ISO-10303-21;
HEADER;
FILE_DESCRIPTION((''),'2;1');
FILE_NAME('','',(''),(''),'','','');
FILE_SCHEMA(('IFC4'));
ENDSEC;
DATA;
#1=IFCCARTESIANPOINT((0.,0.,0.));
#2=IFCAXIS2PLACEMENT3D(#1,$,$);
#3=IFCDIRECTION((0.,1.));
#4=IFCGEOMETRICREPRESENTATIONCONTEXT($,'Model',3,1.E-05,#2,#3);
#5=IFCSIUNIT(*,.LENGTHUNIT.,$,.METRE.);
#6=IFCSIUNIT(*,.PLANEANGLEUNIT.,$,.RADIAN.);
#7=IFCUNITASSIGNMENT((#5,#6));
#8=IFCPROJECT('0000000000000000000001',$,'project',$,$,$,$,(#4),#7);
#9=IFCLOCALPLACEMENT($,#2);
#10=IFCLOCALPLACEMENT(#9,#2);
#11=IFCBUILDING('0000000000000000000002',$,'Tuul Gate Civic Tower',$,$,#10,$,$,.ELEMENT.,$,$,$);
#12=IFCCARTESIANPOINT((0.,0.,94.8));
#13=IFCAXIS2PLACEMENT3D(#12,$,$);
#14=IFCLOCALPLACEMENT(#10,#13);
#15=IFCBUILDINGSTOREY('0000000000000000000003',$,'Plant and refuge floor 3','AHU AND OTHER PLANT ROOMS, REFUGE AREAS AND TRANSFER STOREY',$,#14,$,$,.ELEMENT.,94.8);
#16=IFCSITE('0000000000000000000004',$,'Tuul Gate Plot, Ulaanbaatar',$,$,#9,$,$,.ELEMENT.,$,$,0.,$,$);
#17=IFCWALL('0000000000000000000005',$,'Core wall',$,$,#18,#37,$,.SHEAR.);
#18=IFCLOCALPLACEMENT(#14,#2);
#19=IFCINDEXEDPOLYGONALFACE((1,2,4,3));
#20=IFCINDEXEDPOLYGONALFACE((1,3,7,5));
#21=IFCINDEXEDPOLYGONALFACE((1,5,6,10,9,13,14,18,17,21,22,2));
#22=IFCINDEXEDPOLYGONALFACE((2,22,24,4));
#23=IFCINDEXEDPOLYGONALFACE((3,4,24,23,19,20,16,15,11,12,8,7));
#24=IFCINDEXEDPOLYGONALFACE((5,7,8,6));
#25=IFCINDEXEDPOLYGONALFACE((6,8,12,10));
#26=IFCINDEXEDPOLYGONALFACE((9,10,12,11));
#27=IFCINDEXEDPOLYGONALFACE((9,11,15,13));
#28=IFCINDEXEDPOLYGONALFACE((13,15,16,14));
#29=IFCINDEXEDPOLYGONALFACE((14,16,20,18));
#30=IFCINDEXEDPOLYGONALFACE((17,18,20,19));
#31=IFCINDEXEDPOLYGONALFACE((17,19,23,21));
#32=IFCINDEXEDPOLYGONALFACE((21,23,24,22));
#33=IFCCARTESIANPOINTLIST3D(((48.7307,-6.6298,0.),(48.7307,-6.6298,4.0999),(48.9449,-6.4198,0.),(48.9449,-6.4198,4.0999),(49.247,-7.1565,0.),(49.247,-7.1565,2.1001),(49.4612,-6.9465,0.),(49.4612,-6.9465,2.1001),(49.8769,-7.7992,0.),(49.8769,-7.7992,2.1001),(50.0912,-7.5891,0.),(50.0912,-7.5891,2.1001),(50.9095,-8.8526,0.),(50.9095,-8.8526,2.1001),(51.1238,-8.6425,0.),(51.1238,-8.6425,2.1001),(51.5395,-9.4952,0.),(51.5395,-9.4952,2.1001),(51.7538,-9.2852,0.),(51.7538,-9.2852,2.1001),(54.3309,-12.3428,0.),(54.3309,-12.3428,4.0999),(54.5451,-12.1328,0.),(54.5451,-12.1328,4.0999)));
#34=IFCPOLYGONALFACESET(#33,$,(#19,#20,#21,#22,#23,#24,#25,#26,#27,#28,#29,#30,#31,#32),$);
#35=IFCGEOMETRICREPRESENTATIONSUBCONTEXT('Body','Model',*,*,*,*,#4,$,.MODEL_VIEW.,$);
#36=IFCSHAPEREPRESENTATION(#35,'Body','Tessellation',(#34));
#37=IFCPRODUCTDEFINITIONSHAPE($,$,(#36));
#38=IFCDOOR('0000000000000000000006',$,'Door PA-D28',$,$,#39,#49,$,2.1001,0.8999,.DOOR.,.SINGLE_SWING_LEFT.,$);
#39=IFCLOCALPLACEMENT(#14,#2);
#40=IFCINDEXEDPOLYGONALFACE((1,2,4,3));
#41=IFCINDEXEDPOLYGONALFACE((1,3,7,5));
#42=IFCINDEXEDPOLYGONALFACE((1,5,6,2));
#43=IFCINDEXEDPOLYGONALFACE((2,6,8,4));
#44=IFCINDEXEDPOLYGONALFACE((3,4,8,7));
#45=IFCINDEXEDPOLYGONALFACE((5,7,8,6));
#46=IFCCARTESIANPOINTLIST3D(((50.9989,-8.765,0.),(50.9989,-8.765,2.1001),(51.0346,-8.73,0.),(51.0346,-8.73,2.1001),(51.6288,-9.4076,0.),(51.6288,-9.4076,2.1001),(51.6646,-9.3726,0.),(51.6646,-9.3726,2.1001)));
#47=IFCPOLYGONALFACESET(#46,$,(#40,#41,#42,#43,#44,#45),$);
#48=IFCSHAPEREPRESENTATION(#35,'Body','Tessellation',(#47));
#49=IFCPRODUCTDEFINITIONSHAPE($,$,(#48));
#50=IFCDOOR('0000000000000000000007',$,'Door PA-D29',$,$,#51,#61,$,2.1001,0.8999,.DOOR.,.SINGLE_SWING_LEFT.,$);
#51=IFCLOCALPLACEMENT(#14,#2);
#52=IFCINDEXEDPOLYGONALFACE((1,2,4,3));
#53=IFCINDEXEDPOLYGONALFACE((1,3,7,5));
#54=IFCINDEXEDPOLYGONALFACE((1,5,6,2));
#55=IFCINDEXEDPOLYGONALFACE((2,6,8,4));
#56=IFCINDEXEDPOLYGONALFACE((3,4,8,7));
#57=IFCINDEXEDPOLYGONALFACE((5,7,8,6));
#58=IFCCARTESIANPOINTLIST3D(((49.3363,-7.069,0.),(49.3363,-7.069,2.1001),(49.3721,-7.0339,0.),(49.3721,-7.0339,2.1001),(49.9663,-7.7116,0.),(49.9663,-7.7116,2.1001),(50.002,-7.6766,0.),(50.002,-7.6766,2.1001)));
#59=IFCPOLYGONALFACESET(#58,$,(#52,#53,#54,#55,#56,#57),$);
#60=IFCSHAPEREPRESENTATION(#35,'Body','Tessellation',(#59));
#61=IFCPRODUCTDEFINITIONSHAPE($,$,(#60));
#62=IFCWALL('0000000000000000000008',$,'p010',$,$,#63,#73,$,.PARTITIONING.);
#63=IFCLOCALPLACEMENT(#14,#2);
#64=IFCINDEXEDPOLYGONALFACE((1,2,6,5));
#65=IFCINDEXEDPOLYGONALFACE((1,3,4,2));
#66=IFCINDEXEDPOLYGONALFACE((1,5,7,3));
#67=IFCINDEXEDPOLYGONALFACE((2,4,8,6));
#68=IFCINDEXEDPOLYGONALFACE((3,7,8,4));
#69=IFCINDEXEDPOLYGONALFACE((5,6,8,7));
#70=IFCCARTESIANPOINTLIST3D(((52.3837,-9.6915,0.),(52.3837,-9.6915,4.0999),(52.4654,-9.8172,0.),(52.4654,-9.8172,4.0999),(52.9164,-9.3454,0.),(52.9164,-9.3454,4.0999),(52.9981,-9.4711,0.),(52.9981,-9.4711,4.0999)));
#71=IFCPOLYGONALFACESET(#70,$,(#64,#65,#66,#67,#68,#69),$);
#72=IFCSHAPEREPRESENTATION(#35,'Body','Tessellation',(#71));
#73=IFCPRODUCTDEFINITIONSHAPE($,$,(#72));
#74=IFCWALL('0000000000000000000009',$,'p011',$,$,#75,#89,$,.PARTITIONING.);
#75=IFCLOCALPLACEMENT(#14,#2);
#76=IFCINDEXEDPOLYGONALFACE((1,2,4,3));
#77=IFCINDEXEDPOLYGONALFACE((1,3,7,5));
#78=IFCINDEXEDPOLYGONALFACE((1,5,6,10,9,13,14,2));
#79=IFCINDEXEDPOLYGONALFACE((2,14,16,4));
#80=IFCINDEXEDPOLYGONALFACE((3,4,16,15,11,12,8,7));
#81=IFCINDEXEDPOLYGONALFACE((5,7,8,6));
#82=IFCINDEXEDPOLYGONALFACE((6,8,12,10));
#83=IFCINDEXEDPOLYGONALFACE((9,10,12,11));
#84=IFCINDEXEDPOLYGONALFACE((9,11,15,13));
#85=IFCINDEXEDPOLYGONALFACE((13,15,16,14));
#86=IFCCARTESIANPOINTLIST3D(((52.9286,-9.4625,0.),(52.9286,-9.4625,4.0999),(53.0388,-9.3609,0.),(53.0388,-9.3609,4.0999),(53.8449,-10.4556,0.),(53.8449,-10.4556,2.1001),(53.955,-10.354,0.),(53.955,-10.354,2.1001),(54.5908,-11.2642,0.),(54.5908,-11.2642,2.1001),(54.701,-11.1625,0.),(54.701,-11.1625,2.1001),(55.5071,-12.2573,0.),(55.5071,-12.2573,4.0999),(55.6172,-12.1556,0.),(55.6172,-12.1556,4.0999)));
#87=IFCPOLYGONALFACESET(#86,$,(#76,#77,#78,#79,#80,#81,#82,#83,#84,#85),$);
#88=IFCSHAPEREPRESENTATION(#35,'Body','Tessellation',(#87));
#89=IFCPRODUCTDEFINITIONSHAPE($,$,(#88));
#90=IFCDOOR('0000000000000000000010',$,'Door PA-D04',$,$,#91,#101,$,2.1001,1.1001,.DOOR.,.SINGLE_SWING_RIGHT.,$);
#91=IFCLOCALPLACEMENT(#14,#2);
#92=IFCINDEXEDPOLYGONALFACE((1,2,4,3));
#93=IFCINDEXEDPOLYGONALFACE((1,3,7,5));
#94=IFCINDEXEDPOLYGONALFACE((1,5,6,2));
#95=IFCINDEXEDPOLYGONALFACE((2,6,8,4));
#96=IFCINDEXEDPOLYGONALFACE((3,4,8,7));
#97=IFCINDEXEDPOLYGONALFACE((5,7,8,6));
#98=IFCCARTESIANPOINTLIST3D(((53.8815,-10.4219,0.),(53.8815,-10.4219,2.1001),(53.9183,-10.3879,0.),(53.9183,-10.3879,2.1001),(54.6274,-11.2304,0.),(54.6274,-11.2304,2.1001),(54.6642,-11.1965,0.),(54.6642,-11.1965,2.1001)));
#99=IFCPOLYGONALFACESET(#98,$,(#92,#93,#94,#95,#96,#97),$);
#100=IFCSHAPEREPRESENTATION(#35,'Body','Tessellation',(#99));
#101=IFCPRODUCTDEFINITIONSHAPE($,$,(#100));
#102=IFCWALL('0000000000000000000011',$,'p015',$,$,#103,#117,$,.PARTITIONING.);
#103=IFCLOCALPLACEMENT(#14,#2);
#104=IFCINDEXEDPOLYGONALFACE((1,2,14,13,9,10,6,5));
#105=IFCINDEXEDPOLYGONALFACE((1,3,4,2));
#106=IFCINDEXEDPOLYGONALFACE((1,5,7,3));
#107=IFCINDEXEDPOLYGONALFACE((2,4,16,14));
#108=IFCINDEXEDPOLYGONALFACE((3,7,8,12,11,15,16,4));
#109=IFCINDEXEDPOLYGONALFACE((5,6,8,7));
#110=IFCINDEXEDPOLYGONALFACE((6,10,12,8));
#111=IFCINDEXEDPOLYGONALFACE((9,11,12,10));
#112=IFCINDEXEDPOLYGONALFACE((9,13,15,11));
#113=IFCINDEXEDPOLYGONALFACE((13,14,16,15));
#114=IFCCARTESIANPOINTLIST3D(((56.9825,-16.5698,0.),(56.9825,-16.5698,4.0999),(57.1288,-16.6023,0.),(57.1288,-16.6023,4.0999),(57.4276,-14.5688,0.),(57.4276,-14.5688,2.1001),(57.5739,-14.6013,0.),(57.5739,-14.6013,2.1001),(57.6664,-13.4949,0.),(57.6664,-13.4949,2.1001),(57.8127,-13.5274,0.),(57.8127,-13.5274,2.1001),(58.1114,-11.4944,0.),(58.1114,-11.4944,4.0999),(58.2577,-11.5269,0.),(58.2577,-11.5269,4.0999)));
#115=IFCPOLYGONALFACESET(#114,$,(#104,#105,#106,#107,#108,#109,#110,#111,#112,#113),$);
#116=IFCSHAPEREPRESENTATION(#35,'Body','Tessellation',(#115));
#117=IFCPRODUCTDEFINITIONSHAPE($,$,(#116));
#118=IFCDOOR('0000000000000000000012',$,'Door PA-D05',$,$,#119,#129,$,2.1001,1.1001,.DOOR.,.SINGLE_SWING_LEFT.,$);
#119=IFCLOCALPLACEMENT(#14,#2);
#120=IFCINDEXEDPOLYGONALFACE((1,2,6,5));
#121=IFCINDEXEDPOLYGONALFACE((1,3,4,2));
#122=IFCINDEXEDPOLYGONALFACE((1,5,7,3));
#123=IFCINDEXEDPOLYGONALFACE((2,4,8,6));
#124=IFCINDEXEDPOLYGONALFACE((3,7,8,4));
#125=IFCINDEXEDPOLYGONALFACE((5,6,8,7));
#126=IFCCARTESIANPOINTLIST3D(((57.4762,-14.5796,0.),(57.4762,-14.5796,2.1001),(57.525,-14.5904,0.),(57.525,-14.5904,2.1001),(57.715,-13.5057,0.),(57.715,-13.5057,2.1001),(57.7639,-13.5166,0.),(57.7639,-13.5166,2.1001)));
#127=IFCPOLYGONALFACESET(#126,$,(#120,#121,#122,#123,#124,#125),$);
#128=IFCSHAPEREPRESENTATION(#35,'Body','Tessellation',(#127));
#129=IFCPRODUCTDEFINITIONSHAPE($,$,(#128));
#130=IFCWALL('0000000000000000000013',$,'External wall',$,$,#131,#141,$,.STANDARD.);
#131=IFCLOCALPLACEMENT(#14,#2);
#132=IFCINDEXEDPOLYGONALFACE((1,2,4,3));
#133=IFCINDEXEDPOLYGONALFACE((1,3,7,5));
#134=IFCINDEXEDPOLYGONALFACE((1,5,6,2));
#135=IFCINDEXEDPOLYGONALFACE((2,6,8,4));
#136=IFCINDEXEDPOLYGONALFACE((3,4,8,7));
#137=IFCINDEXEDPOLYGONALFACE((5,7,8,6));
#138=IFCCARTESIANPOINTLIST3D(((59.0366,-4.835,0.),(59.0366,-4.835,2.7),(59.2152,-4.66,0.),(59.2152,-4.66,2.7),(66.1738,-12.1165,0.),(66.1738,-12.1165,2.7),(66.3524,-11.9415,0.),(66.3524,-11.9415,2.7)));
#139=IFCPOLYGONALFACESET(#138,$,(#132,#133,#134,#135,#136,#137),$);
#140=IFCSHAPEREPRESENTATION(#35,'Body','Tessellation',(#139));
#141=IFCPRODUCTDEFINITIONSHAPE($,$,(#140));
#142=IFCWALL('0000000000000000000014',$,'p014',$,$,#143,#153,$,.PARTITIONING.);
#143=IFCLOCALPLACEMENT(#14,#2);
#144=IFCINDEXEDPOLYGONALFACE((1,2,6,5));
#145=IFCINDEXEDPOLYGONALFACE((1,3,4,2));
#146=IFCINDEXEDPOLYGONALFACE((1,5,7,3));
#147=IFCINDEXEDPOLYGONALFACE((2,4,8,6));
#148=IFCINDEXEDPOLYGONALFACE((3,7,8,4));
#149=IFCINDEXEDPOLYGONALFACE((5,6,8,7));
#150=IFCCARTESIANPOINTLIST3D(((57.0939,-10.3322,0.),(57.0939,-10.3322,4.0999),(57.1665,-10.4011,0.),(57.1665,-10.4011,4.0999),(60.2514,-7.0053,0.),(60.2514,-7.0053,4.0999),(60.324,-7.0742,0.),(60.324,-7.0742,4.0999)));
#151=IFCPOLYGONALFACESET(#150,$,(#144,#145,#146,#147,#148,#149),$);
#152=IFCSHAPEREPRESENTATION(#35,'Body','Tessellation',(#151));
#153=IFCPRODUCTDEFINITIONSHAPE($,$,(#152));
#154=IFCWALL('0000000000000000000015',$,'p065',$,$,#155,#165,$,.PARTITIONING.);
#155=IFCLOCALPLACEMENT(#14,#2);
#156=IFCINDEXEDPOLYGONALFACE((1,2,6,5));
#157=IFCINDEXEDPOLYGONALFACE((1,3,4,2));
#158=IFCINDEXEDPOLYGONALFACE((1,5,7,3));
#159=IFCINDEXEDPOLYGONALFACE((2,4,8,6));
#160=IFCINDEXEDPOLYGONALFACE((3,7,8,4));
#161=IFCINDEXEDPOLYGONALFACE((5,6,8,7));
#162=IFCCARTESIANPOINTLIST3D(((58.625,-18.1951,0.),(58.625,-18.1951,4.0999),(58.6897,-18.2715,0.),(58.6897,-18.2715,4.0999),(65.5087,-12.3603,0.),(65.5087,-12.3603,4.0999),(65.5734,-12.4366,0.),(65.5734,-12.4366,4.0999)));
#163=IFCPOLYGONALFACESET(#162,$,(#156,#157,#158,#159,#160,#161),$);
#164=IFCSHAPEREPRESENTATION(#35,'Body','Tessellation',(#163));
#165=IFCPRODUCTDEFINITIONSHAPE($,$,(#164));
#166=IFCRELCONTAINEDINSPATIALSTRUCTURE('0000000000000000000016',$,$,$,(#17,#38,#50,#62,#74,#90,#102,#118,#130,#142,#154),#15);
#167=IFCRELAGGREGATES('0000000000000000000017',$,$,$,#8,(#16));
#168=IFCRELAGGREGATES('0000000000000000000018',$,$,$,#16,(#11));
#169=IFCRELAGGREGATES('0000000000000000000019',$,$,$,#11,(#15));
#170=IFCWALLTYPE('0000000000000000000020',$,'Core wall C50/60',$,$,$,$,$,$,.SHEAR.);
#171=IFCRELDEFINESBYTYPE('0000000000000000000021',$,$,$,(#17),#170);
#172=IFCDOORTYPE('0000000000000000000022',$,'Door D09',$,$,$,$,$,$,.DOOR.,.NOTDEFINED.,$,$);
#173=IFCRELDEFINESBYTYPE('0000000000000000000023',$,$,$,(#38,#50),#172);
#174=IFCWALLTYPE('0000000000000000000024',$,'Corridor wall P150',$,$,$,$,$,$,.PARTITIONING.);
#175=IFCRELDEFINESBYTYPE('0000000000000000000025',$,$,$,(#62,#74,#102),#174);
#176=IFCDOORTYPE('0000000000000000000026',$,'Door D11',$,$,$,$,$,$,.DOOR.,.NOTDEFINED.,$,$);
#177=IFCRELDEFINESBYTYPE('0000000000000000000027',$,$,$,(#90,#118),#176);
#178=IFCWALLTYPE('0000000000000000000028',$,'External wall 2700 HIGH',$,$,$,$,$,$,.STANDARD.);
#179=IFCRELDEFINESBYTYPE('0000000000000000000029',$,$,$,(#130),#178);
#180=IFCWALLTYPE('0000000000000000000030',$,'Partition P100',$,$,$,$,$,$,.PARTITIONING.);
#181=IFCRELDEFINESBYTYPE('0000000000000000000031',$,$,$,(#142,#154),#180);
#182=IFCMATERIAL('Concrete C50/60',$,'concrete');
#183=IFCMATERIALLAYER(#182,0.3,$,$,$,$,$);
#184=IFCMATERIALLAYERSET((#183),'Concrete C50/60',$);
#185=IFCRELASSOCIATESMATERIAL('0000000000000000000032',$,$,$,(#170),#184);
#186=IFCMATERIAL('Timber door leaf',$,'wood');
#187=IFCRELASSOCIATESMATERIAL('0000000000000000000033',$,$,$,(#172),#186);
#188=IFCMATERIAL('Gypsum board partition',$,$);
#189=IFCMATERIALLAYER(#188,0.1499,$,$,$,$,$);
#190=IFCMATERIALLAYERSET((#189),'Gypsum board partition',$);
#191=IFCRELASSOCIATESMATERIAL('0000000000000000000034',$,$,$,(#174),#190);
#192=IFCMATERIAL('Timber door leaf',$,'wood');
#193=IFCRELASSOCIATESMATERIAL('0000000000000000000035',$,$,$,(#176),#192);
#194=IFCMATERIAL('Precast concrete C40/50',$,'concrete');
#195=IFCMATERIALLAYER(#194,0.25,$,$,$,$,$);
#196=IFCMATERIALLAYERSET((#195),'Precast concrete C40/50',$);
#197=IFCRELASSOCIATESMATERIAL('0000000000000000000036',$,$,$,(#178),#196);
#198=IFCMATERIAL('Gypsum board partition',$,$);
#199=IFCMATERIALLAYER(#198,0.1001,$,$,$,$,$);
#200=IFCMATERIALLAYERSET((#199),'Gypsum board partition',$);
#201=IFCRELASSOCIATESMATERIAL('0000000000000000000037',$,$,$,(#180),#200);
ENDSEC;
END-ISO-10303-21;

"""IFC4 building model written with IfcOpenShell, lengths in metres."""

from ifc_helpers import new_model, si_unit, direction, frame, frame_2d, origin, place, context, subcontext, project, spatial, rectangle, extrude, material, layer, layer_set, type_object, element, fill, save


model = new_model("IFC4")

# Units and contexts
model_context = context("Model", 3, precision=1e-05, world=origin(), true_north=direction((0.0, 1.0)))
body_context = subcontext(model_context, "Body", "Model", "MODEL_VIEW")
ifc_project = project(units=[si_unit("LENGTHUNIT", "METRE"), si_unit("PLANEANGLEUNIT", "RADIAN")], contexts=[model_context])

# Site, building, storey
site_placement = place(None, origin())
site = spatial("IfcSite", under=ifc_project, at=site_placement, Name="Tuul Gate Plot, Ulaanbaatar", CompositionType="ELEMENT", RefElevation=0.0)
building_placement = place(site_placement, origin())
building = spatial("IfcBuilding", under=site, at=building_placement, Name="Tuul Gate Civic Tower", CompositionType="ELEMENT")
storey_placement = place(building_placement, frame((0.0, 0.0, 94.8)))
storey = spatial("IfcBuildingStorey", under=building, at=storey_placement, Name="Plant and refuge floor 3", Description="AHU AND OTHER PLANT ROOMS, REFUGE AREAS AND TRANSFER STOREY", CompositionType="ELEMENT", Elevation=94.8)

# Wall, openings, doors
ifc_material_1 = material(Name="Concrete C50/60", Category="concrete")
ifc_layer_1 = layer(ifc_material_1, 0.3)
ifc_layer_set_1 = layer_set([ifc_layer_1], Name="Concrete C50/60")
wall_type_1 = type_object("IfcWallType", Name="Core wall C50/60", PredefinedType="SHEAR", material=ifc_layer_set_1)
wall_1_placement = place(storey_placement, frame((54.438, -12.2378, 0.0), z_axis=(0.0, 0.0, 1.0), x_axis=(-0.700022, 0.714121, 0.0)))
wall_1 = element("IfcWall", 1, at=wall_1_placement, inside=storey, type_object=wall_type_1, Name="Core wall", PredefinedType="SHEAR", context=body_context, shape_type="SweptSolid", body=[
    extrude(rectangle(XDim=8.0, YDim=0.3, at=frame_2d((4.0, 0.0))), origin(), (0.0, 0.0, 1.0), 4.0999),
])
opening_1_placement = place(wall_1_placement, frame((3.9875, 0.0, 0.0)))
opening_1 = element("IfcOpeningElement", 2, at=opening_1_placement, cuts=wall_1, PredefinedType="OPENING", context=body_context, shape_type="SweptSolid", body=[
    extrude(rectangle(XDim=0.8999, YDim=2.1001, at=frame_2d((0.45, 1.05))), frame((0.0, 0.1602, 0.0), z_axis=(0.0, -1.0, 0.0), x_axis=(1.0, 0.0, 0.0)), (0.0, 0.0, 1.0), 0.3201),
])
opening_2_placement = place(wall_1_placement, frame((6.3625, 0.0, 0.0)))
opening_2 = element("IfcOpeningElement", 3, at=opening_2_placement, cuts=wall_1, PredefinedType="OPENING", context=body_context, shape_type="SweptSolid", body=[
    extrude(rectangle(XDim=0.8999, YDim=2.1001, at=frame_2d((0.45, 1.05))), frame((0.0, 0.1602, 0.0), z_axis=(0.0, -1.0, 0.0), x_axis=(1.0, 0.0, 0.0)), (0.0, 0.0, 1.0), 0.3201),
])
ifc_material_2 = material(Name="Timber door leaf", Category="wood")
door_type_1 = type_object("IfcDoorType", Name="Door D09", OperationType="NOTDEFINED", PredefinedType="DOOR", material=ifc_material_2)
door_1_placement = place(opening_1_placement, origin())
door_1 = element("IfcDoor", 4, at=door_1_placement, inside=storey, type_object=door_type_1, Name="Door PA-D28", OperationType="SINGLE_SWING_LEFT", OverallHeight=2.1001, OverallWidth=0.8999, PredefinedType="DOOR", context=body_context, shape_type="SweptSolid", body=[
    extrude(rectangle(XDim=0.8999, YDim=2.1001, at=frame_2d((0.45, 1.05))), frame((0.0, 0.0249, 0.0), z_axis=(0.0, -1.0, 0.0), x_axis=(1.0, 0.0, 0.0)), (0.0, 0.0, 1.0), 0.05),
])
fill(opening_1, door_1)
door_2_placement = place(opening_2_placement, origin())
door_2 = element("IfcDoor", 5, at=door_2_placement, inside=storey, type_object=door_type_1, Name="Door PA-D29", OperationType="SINGLE_SWING_LEFT", OverallHeight=2.1001, OverallWidth=0.8999, PredefinedType="DOOR", context=body_context, shape_type="SweptSolid", body=[
    extrude(rectangle(XDim=0.8999, YDim=2.1001, at=frame_2d((0.45, 1.05))), frame((0.0, 0.0249, 0.0), z_axis=(0.0, -1.0, 0.0), x_axis=(1.0, 0.0, 0.0)), (0.0, 0.0, 1.0), 0.05),
])
fill(opening_2, door_2)

# Wall
ifc_material_3 = material(Name="Gypsum board partition")
ifc_layer_2 = layer(ifc_material_3, 0.1499)
ifc_layer_set_2 = layer_set([ifc_layer_2], Name="Gypsum board partition")
wall_type_2 = type_object("IfcWallType", Name="Corridor wall P150", PredefinedType="PARTITIONING", material=ifc_layer_set_2)
wall_2_placement = place(storey_placement, frame((52.4246, -9.7544, 0.0), z_axis=(0.0, 0.0, 1.0), x_axis=(0.838496, 0.544907, 0.0)))
element("IfcWall", 6, at=wall_2_placement, inside=storey, type_object=wall_type_2, Name="p010", PredefinedType="PARTITIONING", context=body_context, shape_type="SweptSolid", body=[
    extrude(rectangle(XDim=0.6353, YDim=0.1499, at=frame_2d((0.3176, 0.0))), origin(), (0.0, 0.0, 1.0), 4.0999),
])

# Walls, openings, doors
wall_3_placement = place(storey_placement, frame((52.9836, -9.4116, 0.0), z_axis=(0.0, 0.0, 1.0), x_axis=(0.678091, -0.734978, 0.0)))
wall_3 = element("IfcWall", 7, at=wall_3_placement, inside=storey, type_object=wall_type_2, Name="p011", PredefinedType="PARTITIONING", context=body_context, shape_type="SweptSolid", body=[
    extrude(rectangle(XDim=3.8025, YDim=0.1499, at=frame_2d((1.9014, 0.0))), origin(), (0.0, 0.0, 1.0), 4.0999),
])
opening_3_placement = place(wall_3_placement, frame((1.3513, 0.0, 0.0)))
opening_3 = element("IfcOpeningElement", 8, at=opening_3_placement, cuts=wall_3, PredefinedType="OPENING", context=body_context, shape_type="SweptSolid", body=[
    extrude(rectangle(XDim=1.1001, YDim=2.1001, at=frame_2d((0.55, 1.05))), frame((0.0, 0.085, 0.0), z_axis=(0.0, -1.0, 0.0), x_axis=(1.0, 0.0, 0.0)), (0.0, 0.0, 1.0), 0.1699),
])
ifc_material_4 = material(Name="Timber door leaf", Category="wood")
door_type_2 = type_object("IfcDoorType", Name="Door D11", OperationType="NOTDEFINED", PredefinedType="DOOR", material=ifc_material_4)
door_3_placement = place(opening_3_placement, origin())
door_3 = element("IfcDoor", 9, at=door_3_placement, inside=storey, type_object=door_type_2, Name="Door PA-D04", OperationType="SINGLE_SWING_RIGHT", OverallHeight=2.1001, OverallWidth=1.1001, PredefinedType="DOOR", context=body_context, shape_type="SweptSolid", body=[
    extrude(rectangle(XDim=1.1001, YDim=2.1001, at=frame_2d((0.55, 1.05))), frame((0.0, 0.0249, 0.0), z_axis=(0.0, -1.0, 0.0), x_axis=(1.0, 0.0, 0.0)), (0.0, 0.0, 1.0), 0.05),
])
fill(opening_3, door_3)
wall_4_placement = place(storey_placement, frame((57.0557, -16.5859, 0.0), z_axis=(0.0, 0.0, 1.0), x_axis=(0.217119, 0.976145, 0.0)))
wall_4 = element("IfcWall", 10, at=wall_4_placement, inside=storey, type_object=wall_type_2, Name="p015", PredefinedType="PARTITIONING", context=body_context, shape_type="SweptSolid", body=[
    extrude(rectangle(XDim=5.1995, YDim=0.1499, at=frame_2d((2.5996, 0.0))), origin(), (0.0, 0.0, 1.0), 4.0999),
])
opening_4_placement = place(wall_4_placement, frame((2.0498, 0.0, 0.0)))
opening_4 = element("IfcOpeningElement", 11, at=opening_4_placement, cuts=wall_4, PredefinedType="OPENING", context=body_context, shape_type="SweptSolid", body=[
    extrude(rectangle(XDim=1.1001, YDim=2.1001, at=frame_2d((0.55, 1.05))), frame((0.0, 0.085, 0.0), z_axis=(0.0, -1.0, 0.0), x_axis=(1.0, 0.0, 0.0)), (0.0, 0.0, 1.0), 0.1699),
])
door_4_placement = place(opening_4_placement, frame((1.1001, 0.0, 0.0), z_axis=(0.0, 0.0, 1.0), x_axis=(-1.0, 0.0, 0.0)))
door_4 = element("IfcDoor", 12, at=door_4_placement, inside=storey, type_object=door_type_2, Name="Door PA-D05", OperationType="SINGLE_SWING_LEFT", OverallHeight=2.1001, OverallWidth=1.1001, PredefinedType="DOOR", context=body_context, shape_type="SweptSolid", body=[
    extrude(rectangle(XDim=1.1001, YDim=2.1001, at=frame_2d((0.55, 1.05))), frame((0.0, 0.0249, 0.0), z_axis=(0.0, -1.0, 0.0), x_axis=(1.0, 0.0, 0.0)), (0.0, 0.0, 1.0), 0.05),
])
fill(opening_4, door_4)

# Walls
ifc_material_5 = material(Name="Precast concrete C40/50", Category="concrete")
ifc_layer_3 = layer(ifc_material_5, 0.25)
ifc_layer_set_3 = layer_set([ifc_layer_3], Name="Precast concrete C40/50")
wall_type_3 = type_object("IfcWallType", Name="External wall 2700 HIGH", PredefinedType="STANDARD", material=ifc_layer_set_3)
wall_5_placement = place(storey_placement, frame((66.2632, -12.0291, 0.0), z_axis=(0.0, 0.0, 1.0), x_axis=(-0.699996, 0.714147, 0.0)))
element("IfcWall", 13, at=wall_5_placement, inside=storey, type_object=wall_type_3, Name="External wall", PredefinedType="STANDARD", context=body_context, shape_type="SweptSolid", body=[
    extrude(rectangle(XDim=10.196, YDim=0.25, at=frame_2d((5.0981, 0.0))), origin(), (0.0, 0.0, 1.0), 2.7),
])
ifc_material_6 = material(Name="Gypsum board partition")
ifc_layer_4 = layer(ifc_material_6, 0.1001)
ifc_layer_set_4 = layer_set([ifc_layer_4], Name="Gypsum board partition")
wall_type_4 = type_object("IfcWallType", Name="Partition P100", PredefinedType="PARTITIONING", material=ifc_layer_set_4)
wall_6_placement = place(storey_placement, frame((57.1301, -10.3667, 0.0), z_axis=(0.0, 0.0, 1.0), x_axis=(0.688395, 0.725336, 0.0)))
element("IfcWall", 14, at=wall_6_placement, inside=storey, type_object=wall_type_4, Name="p014", PredefinedType="PARTITIONING", context=body_context, shape_type="SweptSolid", body=[
    extrude(rectangle(XDim=4.5867, YDim=0.1001, at=frame_2d((2.2935, 0.0))), origin(), (0.0, 0.0, 1.0), 4.0999),
])
wall_7_placement = place(storey_placement, frame((65.541, -12.3984, 0.0), z_axis=(0.0, 0.0, 1.0), x_axis=(-0.762828, -0.646602, 0.0)))
element("IfcWall", 15, at=wall_7_placement, inside=storey, type_object=wall_type_4, Name="p065", PredefinedType="PARTITIONING", context=body_context, shape_type="SweptSolid", body=[
    extrude(rectangle(XDim=9.0239, YDim=0.1001, at=frame_2d((4.512, 0.0))), origin(), (0.0, 0.0, 1.0), 4.0999),
])

save(model, "model.ifc")
